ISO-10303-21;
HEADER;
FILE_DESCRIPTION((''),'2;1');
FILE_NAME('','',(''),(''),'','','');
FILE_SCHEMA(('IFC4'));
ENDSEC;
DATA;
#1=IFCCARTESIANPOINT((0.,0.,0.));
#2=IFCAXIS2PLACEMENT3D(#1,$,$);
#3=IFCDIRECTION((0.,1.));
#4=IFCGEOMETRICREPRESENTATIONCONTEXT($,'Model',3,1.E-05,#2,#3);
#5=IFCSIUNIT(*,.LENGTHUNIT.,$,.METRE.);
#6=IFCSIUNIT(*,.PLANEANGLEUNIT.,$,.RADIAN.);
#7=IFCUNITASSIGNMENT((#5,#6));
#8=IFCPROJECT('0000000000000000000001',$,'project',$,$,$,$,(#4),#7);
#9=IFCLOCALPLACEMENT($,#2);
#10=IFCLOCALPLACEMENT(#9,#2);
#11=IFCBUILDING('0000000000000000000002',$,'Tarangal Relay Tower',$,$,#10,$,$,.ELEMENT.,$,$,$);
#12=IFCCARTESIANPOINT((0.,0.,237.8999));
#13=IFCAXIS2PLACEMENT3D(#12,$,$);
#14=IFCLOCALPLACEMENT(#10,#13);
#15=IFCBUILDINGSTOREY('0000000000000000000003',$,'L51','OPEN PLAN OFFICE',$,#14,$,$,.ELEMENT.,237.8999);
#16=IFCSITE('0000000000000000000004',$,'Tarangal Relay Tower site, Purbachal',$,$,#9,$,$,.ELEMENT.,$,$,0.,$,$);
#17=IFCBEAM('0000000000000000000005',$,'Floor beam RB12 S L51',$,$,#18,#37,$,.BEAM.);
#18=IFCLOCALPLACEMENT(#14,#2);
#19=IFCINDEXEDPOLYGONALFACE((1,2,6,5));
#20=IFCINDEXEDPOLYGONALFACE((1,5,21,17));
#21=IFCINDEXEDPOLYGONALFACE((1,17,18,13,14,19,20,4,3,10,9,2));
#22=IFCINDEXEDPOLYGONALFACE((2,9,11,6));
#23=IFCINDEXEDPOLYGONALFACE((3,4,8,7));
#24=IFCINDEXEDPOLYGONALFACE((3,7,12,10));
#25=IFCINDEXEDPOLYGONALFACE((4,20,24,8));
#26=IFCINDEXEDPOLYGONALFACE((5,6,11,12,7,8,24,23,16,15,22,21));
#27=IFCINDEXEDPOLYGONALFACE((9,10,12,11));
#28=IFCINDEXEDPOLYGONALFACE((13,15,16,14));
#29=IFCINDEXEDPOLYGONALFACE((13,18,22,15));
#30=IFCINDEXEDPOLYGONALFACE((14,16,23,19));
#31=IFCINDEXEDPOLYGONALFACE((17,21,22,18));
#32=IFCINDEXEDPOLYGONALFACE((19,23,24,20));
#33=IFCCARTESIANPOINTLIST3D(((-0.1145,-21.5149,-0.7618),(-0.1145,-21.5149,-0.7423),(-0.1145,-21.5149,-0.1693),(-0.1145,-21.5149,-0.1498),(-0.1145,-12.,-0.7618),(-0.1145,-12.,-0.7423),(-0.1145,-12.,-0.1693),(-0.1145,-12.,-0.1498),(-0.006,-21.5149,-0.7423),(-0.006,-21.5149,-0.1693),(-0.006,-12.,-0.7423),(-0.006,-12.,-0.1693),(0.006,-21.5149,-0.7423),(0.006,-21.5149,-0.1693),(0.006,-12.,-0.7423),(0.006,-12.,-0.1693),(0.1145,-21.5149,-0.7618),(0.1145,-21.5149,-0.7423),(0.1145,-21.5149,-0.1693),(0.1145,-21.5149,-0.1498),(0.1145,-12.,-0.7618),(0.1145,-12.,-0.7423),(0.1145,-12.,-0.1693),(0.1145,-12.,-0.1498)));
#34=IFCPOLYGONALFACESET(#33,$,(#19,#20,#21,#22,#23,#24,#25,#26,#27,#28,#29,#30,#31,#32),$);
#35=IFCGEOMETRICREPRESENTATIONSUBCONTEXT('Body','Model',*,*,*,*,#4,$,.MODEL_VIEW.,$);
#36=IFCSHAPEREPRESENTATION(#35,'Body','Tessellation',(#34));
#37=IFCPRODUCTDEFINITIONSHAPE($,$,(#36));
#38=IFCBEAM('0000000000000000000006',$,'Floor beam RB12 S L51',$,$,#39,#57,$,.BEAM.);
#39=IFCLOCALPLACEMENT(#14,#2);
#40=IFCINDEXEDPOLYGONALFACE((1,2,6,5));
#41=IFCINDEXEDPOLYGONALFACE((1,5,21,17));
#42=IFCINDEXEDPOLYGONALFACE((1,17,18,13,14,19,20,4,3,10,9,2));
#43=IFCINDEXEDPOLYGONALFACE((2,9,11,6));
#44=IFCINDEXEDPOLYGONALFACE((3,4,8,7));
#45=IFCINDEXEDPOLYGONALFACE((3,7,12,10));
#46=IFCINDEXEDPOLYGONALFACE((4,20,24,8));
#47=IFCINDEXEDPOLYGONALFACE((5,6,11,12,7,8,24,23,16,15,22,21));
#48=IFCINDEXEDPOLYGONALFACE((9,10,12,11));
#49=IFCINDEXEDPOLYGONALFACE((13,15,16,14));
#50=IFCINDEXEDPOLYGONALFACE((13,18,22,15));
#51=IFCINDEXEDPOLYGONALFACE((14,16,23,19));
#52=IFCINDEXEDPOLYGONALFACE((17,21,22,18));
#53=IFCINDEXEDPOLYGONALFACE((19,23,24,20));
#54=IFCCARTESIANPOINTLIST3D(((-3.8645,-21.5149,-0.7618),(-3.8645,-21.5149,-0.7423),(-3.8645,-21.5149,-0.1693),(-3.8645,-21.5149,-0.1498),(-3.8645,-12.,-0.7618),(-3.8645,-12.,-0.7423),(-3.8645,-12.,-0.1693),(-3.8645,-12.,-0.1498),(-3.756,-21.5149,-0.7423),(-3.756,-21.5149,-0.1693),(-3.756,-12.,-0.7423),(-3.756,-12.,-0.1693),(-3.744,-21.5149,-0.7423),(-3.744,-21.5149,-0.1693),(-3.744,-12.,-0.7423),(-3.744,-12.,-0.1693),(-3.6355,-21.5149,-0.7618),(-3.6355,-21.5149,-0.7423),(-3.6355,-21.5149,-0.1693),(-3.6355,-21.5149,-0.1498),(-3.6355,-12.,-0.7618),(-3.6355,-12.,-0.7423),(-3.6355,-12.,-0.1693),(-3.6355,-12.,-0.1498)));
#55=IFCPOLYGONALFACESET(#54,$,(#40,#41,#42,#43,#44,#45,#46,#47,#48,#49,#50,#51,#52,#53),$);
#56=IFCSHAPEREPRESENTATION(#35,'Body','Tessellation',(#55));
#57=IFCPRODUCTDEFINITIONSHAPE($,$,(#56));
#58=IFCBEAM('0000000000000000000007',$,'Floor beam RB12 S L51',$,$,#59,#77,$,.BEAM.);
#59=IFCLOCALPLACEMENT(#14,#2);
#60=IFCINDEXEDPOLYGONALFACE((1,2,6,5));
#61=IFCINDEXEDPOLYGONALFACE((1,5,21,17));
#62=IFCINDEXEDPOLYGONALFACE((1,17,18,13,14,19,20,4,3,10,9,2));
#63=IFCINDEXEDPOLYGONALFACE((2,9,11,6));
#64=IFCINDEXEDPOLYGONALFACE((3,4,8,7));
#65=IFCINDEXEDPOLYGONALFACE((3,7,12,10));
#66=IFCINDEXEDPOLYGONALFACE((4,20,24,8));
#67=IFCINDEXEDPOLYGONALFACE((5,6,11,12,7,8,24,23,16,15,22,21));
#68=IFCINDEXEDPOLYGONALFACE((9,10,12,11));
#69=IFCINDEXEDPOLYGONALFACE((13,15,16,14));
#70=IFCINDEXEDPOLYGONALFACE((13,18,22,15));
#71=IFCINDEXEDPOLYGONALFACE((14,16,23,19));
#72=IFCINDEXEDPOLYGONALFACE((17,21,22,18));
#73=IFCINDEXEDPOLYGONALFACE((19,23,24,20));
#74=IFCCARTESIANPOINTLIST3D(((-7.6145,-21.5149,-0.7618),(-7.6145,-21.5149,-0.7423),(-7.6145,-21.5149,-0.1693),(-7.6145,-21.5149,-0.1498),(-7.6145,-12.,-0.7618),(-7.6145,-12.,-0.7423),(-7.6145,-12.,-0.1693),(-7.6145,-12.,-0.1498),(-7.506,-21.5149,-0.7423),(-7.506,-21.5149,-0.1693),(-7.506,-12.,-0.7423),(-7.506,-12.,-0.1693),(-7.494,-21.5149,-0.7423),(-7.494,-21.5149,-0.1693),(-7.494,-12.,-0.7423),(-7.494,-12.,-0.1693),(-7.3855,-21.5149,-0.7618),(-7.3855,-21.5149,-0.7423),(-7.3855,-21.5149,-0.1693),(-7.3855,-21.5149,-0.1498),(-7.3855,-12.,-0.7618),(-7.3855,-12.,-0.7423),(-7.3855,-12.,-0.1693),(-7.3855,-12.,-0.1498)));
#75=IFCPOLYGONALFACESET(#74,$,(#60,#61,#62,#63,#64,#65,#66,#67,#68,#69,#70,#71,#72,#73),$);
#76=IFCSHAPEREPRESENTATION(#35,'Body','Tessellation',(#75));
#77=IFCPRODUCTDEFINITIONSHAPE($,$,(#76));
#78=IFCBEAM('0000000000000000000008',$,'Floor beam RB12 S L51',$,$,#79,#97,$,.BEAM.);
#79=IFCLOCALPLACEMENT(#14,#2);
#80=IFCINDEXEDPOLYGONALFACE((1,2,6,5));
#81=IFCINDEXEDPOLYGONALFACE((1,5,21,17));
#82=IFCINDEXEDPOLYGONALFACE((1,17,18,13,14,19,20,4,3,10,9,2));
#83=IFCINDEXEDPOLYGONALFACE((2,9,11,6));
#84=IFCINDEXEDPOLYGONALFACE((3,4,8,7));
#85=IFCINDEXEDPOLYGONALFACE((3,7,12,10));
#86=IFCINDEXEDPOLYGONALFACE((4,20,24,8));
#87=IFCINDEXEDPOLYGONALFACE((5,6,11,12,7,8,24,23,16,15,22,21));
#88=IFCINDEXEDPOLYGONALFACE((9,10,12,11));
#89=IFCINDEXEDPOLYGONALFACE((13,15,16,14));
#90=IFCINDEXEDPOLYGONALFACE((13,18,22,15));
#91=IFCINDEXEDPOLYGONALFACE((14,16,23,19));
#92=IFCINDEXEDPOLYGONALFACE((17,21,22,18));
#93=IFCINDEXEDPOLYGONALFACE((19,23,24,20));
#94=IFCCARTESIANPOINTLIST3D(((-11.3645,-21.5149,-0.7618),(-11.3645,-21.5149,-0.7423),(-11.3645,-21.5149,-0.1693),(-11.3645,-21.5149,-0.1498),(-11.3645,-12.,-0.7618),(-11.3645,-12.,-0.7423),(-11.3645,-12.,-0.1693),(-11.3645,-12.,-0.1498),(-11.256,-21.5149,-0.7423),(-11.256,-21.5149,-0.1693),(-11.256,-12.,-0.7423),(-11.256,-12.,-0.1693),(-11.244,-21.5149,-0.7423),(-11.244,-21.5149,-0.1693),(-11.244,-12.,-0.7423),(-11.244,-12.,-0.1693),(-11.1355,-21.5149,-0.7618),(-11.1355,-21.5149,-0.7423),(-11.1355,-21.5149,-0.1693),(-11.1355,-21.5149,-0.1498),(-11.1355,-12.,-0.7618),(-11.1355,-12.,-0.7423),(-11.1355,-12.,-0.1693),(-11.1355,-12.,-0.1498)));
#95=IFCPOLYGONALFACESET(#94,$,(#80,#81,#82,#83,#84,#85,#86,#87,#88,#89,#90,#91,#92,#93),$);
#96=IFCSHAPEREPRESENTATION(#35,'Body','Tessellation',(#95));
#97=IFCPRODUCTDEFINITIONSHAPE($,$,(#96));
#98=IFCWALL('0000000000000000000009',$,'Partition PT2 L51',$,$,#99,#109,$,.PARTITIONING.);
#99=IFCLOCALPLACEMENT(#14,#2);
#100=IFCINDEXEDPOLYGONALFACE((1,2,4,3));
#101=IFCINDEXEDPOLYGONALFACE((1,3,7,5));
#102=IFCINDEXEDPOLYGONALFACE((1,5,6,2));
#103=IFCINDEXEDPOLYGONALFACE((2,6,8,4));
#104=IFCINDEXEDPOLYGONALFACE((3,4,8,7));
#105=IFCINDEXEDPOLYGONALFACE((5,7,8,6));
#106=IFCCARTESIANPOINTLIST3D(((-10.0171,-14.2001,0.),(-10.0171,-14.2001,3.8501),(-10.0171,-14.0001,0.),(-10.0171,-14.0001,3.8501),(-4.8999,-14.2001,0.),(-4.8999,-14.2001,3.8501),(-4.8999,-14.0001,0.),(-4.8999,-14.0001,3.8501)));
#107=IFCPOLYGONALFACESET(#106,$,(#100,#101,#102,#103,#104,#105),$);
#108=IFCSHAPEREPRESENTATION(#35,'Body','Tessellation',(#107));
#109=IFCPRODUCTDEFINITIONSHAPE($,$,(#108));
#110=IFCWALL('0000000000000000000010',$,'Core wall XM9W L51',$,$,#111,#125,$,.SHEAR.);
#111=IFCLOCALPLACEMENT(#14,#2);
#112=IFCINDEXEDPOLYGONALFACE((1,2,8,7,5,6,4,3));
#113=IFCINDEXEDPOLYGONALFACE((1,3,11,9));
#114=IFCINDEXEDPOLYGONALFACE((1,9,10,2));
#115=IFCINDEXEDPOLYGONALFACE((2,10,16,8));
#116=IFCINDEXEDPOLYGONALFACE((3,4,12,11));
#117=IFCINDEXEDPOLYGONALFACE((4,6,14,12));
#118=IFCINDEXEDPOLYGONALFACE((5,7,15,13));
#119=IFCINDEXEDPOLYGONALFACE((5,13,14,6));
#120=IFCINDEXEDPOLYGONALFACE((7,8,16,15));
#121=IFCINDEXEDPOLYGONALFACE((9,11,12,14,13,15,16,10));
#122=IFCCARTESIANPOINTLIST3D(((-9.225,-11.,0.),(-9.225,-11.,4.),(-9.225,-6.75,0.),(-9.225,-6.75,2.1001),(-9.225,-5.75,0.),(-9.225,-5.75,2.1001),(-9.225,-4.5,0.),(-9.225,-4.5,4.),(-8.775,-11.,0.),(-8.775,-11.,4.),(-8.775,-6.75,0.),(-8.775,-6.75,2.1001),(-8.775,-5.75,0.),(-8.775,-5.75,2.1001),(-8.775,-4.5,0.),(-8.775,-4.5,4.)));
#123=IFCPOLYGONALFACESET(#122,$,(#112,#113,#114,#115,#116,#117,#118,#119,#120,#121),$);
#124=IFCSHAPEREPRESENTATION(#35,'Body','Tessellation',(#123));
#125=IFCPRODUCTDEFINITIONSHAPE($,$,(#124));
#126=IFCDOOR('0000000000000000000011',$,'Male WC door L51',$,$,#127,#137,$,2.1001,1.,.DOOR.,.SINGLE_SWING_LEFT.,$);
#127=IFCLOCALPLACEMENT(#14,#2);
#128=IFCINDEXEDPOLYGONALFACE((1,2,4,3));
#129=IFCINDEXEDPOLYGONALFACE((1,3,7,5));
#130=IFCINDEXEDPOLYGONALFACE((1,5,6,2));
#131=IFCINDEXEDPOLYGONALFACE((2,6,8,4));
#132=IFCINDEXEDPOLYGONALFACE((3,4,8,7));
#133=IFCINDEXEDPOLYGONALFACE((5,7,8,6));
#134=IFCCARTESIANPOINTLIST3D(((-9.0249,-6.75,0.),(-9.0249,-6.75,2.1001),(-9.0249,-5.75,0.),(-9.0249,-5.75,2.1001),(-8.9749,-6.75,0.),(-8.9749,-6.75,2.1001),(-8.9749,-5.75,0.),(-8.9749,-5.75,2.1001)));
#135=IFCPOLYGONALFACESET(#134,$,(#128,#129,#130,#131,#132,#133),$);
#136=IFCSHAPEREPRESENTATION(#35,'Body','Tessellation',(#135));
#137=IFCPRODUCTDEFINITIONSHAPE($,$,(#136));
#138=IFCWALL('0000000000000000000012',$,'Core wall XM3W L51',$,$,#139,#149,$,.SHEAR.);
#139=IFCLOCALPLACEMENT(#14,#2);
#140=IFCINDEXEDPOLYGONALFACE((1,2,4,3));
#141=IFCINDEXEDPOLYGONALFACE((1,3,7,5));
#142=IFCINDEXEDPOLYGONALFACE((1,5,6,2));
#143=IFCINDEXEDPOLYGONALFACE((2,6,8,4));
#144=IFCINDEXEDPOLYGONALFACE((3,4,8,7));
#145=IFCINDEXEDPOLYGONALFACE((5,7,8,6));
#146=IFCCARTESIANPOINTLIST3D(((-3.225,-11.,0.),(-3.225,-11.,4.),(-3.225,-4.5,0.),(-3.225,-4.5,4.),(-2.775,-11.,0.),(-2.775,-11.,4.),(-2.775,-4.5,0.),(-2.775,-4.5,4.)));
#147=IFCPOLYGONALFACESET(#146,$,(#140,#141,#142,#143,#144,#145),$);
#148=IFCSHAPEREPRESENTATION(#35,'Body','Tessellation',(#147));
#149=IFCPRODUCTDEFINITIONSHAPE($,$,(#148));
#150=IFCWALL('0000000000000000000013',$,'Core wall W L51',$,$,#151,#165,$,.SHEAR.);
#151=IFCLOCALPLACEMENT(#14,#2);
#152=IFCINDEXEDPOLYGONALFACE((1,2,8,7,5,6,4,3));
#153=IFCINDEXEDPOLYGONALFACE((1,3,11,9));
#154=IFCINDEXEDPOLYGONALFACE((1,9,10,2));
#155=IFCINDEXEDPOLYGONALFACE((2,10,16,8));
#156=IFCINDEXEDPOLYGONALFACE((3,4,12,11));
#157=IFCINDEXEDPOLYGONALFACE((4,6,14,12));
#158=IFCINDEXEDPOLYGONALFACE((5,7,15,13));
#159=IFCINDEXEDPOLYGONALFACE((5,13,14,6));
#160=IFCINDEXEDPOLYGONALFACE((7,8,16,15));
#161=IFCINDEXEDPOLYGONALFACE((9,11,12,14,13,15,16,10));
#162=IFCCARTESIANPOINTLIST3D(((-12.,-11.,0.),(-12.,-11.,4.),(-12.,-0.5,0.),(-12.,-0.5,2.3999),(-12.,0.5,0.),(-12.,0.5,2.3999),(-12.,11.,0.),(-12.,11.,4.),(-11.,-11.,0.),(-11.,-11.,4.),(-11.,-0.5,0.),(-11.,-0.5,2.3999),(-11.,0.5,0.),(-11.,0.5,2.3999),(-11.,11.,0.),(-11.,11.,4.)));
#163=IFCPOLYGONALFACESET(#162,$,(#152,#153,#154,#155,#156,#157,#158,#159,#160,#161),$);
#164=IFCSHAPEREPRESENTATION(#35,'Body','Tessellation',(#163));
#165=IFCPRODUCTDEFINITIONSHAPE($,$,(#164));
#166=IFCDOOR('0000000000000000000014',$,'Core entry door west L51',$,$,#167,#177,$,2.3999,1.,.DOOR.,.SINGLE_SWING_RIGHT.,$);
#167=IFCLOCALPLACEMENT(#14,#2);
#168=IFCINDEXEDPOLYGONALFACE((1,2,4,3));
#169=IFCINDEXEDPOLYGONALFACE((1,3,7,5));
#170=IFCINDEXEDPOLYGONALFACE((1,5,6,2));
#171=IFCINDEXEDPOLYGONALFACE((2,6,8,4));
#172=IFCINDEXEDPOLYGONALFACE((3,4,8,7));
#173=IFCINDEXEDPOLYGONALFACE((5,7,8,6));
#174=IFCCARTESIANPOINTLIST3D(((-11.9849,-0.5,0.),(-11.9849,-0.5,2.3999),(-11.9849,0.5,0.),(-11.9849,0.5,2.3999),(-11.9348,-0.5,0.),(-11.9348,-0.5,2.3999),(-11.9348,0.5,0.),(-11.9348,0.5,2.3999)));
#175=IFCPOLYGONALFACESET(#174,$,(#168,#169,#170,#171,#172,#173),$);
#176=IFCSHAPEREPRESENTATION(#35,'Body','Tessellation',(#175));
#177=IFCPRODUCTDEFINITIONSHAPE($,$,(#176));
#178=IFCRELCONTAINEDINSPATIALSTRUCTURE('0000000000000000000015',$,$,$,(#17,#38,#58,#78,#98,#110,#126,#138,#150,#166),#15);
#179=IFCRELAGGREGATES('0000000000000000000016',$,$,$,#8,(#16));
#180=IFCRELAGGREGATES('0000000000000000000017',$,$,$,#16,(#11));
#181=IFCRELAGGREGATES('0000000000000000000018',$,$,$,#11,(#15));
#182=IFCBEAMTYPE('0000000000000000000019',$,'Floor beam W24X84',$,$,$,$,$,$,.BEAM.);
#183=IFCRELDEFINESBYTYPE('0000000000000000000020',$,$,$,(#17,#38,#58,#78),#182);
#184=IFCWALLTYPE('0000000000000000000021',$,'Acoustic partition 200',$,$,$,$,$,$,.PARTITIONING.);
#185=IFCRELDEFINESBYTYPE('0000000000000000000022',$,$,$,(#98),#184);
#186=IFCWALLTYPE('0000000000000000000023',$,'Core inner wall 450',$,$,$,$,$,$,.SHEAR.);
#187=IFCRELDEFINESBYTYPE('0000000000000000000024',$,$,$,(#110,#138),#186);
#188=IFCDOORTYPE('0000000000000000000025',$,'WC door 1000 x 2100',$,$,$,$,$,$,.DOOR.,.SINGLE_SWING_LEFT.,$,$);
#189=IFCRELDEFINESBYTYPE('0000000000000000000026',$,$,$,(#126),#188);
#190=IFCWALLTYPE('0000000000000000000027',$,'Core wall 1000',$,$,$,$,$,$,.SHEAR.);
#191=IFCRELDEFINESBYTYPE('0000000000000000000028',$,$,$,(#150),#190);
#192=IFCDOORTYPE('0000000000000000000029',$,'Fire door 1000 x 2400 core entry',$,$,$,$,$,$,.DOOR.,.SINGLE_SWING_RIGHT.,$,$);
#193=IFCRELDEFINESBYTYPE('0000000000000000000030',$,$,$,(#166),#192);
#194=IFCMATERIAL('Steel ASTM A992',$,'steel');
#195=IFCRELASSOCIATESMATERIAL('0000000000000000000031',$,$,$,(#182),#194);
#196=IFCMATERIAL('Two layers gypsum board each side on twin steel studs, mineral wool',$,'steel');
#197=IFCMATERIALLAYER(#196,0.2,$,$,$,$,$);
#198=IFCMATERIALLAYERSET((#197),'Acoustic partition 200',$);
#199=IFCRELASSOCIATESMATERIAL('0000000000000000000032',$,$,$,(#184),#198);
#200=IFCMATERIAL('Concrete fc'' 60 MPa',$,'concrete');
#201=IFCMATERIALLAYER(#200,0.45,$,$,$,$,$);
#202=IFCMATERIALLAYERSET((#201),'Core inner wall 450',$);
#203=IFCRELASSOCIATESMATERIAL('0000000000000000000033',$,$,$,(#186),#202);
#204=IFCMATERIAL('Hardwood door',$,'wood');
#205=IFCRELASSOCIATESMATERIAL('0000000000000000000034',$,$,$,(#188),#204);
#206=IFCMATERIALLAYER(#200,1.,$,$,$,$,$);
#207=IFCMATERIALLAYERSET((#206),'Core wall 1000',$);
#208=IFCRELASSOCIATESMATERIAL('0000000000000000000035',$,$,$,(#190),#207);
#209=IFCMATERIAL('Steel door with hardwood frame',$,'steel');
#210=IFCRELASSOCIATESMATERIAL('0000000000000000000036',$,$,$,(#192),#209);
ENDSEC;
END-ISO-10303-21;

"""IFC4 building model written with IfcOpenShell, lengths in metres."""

from ifc_helpers import new_model, si_unit, direction, frame, frame_2d, origin, origin_2d, place, context, subcontext, project, spatial, rectangle, i_section, extrude, material, layer, layer_set, material_profile, profile_set, type_object, element, fill, save


model = new_model("IFC4")

# Units and contexts
model_context = context("Model", 3, precision=1e-05, world=origin(), true_north=direction((0.0, 1.0)))
body_context = subcontext(model_context, "Body", "Model", "MODEL_VIEW")
ifc_project = project(units=[si_unit("LENGTHUNIT", "METRE"), si_unit("PLANEANGLEUNIT", "RADIAN")], contexts=[model_context])

# Site, building, storey
site_placement = place(None, origin())
site = spatial("IfcSite", under=ifc_project, at=site_placement, Name="Tarangal Relay Tower site, Purbachal", CompositionType="ELEMENT", RefElevation=0.0)
building_placement = place(site_placement, origin())
building = spatial("IfcBuilding", under=site, at=building_placement, Name="Tarangal Relay Tower", CompositionType="ELEMENT")
storey_placement = place(building_placement, frame((0.0, 0.0, 237.8999)))
storey = spatial("IfcBuildingStorey", under=building, at=storey_placement, Name="L51", Description="OPEN PLAN OFFICE", CompositionType="ELEMENT", Elevation=237.8999)

# Beams
ifc_material_1 = material(Name="Steel ASTM A992", Category="steel")
ifc_material_profile = material_profile(ifc_material_1, i_section(OverallWidth=0.229, OverallDepth=0.6121, WebThickness=0.012, FlangeThickness=0.0195, at=origin_2d()), Name="W24X84")
ifc_profile_set = profile_set([ifc_material_profile], Name="Steel ASTM A992")
beam_type = type_object("IfcBeamType", Name="Floor beam W24X84", PredefinedType="BEAM", material=ifc_profile_set)
for number, where, z_axis, x_axis, name in (
    (1, (0.0, -12.0, -0.4558), (0.0, -1.0, 0.0), (1.0, 0.0, 0.0), "Floor beam RB12 S L51"),
    (2, (-3.75, -12.0, -0.4558), (0.0, -1.0, 0.0), (1.0, 0.0, 0.0), "Floor beam RB12 S L51"),
    (3, (-7.5, -12.0, -0.4558), (0.0, -1.0, 0.0), (1.0, 0.0, 0.0), "Floor beam RB12 S L51"),
    (4, (-11.25, -12.0, -0.4558), (0.0, -1.0, 0.0), (1.0, 0.0, 0.0), "Floor beam RB12 S L51"),
):
    element("IfcBeam", number, at=place(storey_placement, frame(where, z_axis=z_axis, x_axis=x_axis)), inside=storey, type_object=beam_type, Name=name, PredefinedType="BEAM", context=body_context, shape_type="SweptSolid", body=[
        extrude(i_section(OverallWidth=0.229, OverallDepth=0.6121, WebThickness=0.012, FlangeThickness=0.0195, at=origin_2d()), origin(), (0.0, 0.0, 1.0), 9.5149),
    ])

# Wall
ifc_material_2 = material(Name="Two layers gypsum board each side on twin steel studs, mineral wool", Category="steel")
ifc_layer_1 = layer(ifc_material_2, 0.2)
ifc_layer_set_1 = layer_set([ifc_layer_1], Name="Acoustic partition 200")
wall_type_1 = type_object("IfcWallType", Name="Acoustic partition 200", PredefinedType="PARTITIONING", material=ifc_layer_set_1)
wall_1_placement = place(storey_placement, frame((-10.0171, -14.1001, 0.0), z_axis=(0.0, 0.0, 1.0), x_axis=(1.0, 0.0, 0.0)))
element("IfcWall", 5, at=wall_1_placement, inside=storey, type_object=wall_type_1, Name="Partition PT2 L51", PredefinedType="PARTITIONING", context=body_context, shape_type="SweptSolid", body=[
    extrude(rectangle(XDim=5.1172, YDim=0.2, at=frame_2d((2.5586, 0.0))), origin(), (0.0, 0.0, 1.0), 3.8501),
])

# Wall, opening, door
ifc_material_3 = material(Name="Concrete fc' 60 MPa", Category="concrete")
ifc_layer_2 = layer(ifc_material_3, 0.45)
ifc_layer_set_2 = layer_set([ifc_layer_2], Name="Core inner wall 450")
wall_type_2 = type_object("IfcWallType", Name="Core inner wall 450", PredefinedType="SHEAR", material=ifc_layer_set_2)
wall_2_placement = place(storey_placement, frame((-9.0, -11.0, 0.0), z_axis=(0.0, 0.0, 1.0), x_axis=(0.0, 1.0, 0.0)))
wall_2 = element("IfcWall", 6, at=wall_2_placement, inside=storey, type_object=wall_type_2, Name="Core wall XM9W L51", PredefinedType="SHEAR", context=body_context, shape_type="SweptSolid", body=[
    extrude(rectangle(XDim=6.5, YDim=0.45, at=frame_2d((3.25, 0.0))), origin(), (0.0, 0.0, 1.0), 4.0),
])
opening_1_placement = place(wall_2_placement, frame((4.25, 0.0, 0.0)))
opening_1 = element("IfcOpeningElement", 7, at=opening_1_placement, cuts=wall_2, PredefinedType="OPENING", context=body_context, shape_type="SweptSolid", body=[
    extrude(rectangle(XDim=1.0, YDim=2.1001, at=frame_2d((0.5, 1.05))), frame((0.0, 0.2349, 0.0), z_axis=(0.0, -1.0, 0.0), x_axis=(1.0, 0.0, 0.0)), (0.0, 0.0, 1.0), 0.47),
])
ifc_material_4 = material(Name="Hardwood door", Category="wood")
door_type_1 = type_object("IfcDoorType", Name="WC door 1000 x 2100", OperationType="SINGLE_SWING_LEFT", PredefinedType="DOOR", material=ifc_material_4)
door_1_placement = place(opening_1_placement, origin())
door_1 = element("IfcDoor", 8, at=door_1_placement, inside=storey, type_object=door_type_1, Name="Male WC door L51", OperationType="SINGLE_SWING_LEFT", OverallHeight=2.1001, OverallWidth=1.0, PredefinedType="DOOR", context=body_context, shape_type="SweptSolid", body=[
    extrude(rectangle(XDim=1.0, YDim=2.1001, at=frame_2d((0.5, 1.05))), frame((0.0, 0.0249, 0.0), z_axis=(0.0, -1.0, 0.0), x_axis=(1.0, 0.0, 0.0)), (0.0, 0.0, 1.0), 0.05),
])
fill(opening_1, door_1)

# Wall
wall_3_placement = place(storey_placement, frame((-3.0, -11.0, 0.0), z_axis=(0.0, 0.0, 1.0), x_axis=(0.0, 1.0, 0.0)))
element("IfcWall", 9, at=wall_3_placement, inside=storey, type_object=wall_type_2, Name="Core wall XM3W L51", PredefinedType="SHEAR", context=body_context, shape_type="SweptSolid", body=[
    extrude(rectangle(XDim=6.5, YDim=0.45, at=frame_2d((3.25, 0.0))), origin(), (0.0, 0.0, 1.0), 4.0),
])

# Wall, opening, door
ifc_layer_3 = layer(ifc_material_3, 1.0)
ifc_layer_set_3 = layer_set([ifc_layer_3], Name="Core wall 1000")
wall_type_3 = type_object("IfcWallType", Name="Core wall 1000", PredefinedType="SHEAR", material=ifc_layer_set_3)
wall_4_placement = place(storey_placement, frame((-11.5, -11.0, 0.0), z_axis=(0.0, 0.0, 1.0), x_axis=(0.0, 1.0, 0.0)))
wall_4 = element("IfcWall", 10, at=wall_4_placement, inside=storey, type_object=wall_type_3, Name="Core wall W L51", PredefinedType="SHEAR", context=body_context, shape_type="SweptSolid", body=[
    extrude(rectangle(XDim=22.0, YDim=1.0, at=frame_2d((11.0, 0.0))), origin(), (0.0, 0.0, 1.0), 4.0),
])
opening_2_placement = place(wall_4_placement, frame((10.5, 0.0, 0.0)))
opening_2 = element("IfcOpeningElement", 11, at=opening_2_placement, cuts=wall_4, PredefinedType="OPENING", context=body_context, shape_type="SweptSolid", body=[
    extrude(rectangle(XDim=1.0, YDim=2.3999, at=frame_2d((0.5, 1.2))), frame((0.0, 0.51, 0.0), z_axis=(0.0, -1.0, 0.0), x_axis=(1.0, 0.0, 0.0)), (0.0, 0.0, 1.0), 1.02),
])
ifc_material_5 = material(Name="Steel door with hardwood frame", Category="steel")
door_type_2 = type_object("IfcDoorType", Name="Fire door 1000 x 2400 core entry", OperationType="SINGLE_SWING_RIGHT", PredefinedType="DOOR", material=ifc_material_5)
door_2_placement = place(opening_2_placement, origin())
door_2 = element("IfcDoor", 12, at=door_2_placement, inside=storey, type_object=door_type_2, Name="Core entry door west L51", OperationType="SINGLE_SWING_RIGHT", OverallHeight=2.3999, OverallWidth=1.0, PredefinedType="DOOR", context=body_context, shape_type="SweptSolid", body=[
    extrude(rectangle(XDim=1.0, YDim=2.3999, at=frame_2d((0.5, 1.2))), frame((0.0, 0.4849, 0.0), z_axis=(0.0, -1.0, 0.0), x_axis=(1.0, 0.0, 0.0)), (0.0, 0.0, 1.0), 0.05),
])
fill(opening_2, door_2)

save(model, "model.ifc")
